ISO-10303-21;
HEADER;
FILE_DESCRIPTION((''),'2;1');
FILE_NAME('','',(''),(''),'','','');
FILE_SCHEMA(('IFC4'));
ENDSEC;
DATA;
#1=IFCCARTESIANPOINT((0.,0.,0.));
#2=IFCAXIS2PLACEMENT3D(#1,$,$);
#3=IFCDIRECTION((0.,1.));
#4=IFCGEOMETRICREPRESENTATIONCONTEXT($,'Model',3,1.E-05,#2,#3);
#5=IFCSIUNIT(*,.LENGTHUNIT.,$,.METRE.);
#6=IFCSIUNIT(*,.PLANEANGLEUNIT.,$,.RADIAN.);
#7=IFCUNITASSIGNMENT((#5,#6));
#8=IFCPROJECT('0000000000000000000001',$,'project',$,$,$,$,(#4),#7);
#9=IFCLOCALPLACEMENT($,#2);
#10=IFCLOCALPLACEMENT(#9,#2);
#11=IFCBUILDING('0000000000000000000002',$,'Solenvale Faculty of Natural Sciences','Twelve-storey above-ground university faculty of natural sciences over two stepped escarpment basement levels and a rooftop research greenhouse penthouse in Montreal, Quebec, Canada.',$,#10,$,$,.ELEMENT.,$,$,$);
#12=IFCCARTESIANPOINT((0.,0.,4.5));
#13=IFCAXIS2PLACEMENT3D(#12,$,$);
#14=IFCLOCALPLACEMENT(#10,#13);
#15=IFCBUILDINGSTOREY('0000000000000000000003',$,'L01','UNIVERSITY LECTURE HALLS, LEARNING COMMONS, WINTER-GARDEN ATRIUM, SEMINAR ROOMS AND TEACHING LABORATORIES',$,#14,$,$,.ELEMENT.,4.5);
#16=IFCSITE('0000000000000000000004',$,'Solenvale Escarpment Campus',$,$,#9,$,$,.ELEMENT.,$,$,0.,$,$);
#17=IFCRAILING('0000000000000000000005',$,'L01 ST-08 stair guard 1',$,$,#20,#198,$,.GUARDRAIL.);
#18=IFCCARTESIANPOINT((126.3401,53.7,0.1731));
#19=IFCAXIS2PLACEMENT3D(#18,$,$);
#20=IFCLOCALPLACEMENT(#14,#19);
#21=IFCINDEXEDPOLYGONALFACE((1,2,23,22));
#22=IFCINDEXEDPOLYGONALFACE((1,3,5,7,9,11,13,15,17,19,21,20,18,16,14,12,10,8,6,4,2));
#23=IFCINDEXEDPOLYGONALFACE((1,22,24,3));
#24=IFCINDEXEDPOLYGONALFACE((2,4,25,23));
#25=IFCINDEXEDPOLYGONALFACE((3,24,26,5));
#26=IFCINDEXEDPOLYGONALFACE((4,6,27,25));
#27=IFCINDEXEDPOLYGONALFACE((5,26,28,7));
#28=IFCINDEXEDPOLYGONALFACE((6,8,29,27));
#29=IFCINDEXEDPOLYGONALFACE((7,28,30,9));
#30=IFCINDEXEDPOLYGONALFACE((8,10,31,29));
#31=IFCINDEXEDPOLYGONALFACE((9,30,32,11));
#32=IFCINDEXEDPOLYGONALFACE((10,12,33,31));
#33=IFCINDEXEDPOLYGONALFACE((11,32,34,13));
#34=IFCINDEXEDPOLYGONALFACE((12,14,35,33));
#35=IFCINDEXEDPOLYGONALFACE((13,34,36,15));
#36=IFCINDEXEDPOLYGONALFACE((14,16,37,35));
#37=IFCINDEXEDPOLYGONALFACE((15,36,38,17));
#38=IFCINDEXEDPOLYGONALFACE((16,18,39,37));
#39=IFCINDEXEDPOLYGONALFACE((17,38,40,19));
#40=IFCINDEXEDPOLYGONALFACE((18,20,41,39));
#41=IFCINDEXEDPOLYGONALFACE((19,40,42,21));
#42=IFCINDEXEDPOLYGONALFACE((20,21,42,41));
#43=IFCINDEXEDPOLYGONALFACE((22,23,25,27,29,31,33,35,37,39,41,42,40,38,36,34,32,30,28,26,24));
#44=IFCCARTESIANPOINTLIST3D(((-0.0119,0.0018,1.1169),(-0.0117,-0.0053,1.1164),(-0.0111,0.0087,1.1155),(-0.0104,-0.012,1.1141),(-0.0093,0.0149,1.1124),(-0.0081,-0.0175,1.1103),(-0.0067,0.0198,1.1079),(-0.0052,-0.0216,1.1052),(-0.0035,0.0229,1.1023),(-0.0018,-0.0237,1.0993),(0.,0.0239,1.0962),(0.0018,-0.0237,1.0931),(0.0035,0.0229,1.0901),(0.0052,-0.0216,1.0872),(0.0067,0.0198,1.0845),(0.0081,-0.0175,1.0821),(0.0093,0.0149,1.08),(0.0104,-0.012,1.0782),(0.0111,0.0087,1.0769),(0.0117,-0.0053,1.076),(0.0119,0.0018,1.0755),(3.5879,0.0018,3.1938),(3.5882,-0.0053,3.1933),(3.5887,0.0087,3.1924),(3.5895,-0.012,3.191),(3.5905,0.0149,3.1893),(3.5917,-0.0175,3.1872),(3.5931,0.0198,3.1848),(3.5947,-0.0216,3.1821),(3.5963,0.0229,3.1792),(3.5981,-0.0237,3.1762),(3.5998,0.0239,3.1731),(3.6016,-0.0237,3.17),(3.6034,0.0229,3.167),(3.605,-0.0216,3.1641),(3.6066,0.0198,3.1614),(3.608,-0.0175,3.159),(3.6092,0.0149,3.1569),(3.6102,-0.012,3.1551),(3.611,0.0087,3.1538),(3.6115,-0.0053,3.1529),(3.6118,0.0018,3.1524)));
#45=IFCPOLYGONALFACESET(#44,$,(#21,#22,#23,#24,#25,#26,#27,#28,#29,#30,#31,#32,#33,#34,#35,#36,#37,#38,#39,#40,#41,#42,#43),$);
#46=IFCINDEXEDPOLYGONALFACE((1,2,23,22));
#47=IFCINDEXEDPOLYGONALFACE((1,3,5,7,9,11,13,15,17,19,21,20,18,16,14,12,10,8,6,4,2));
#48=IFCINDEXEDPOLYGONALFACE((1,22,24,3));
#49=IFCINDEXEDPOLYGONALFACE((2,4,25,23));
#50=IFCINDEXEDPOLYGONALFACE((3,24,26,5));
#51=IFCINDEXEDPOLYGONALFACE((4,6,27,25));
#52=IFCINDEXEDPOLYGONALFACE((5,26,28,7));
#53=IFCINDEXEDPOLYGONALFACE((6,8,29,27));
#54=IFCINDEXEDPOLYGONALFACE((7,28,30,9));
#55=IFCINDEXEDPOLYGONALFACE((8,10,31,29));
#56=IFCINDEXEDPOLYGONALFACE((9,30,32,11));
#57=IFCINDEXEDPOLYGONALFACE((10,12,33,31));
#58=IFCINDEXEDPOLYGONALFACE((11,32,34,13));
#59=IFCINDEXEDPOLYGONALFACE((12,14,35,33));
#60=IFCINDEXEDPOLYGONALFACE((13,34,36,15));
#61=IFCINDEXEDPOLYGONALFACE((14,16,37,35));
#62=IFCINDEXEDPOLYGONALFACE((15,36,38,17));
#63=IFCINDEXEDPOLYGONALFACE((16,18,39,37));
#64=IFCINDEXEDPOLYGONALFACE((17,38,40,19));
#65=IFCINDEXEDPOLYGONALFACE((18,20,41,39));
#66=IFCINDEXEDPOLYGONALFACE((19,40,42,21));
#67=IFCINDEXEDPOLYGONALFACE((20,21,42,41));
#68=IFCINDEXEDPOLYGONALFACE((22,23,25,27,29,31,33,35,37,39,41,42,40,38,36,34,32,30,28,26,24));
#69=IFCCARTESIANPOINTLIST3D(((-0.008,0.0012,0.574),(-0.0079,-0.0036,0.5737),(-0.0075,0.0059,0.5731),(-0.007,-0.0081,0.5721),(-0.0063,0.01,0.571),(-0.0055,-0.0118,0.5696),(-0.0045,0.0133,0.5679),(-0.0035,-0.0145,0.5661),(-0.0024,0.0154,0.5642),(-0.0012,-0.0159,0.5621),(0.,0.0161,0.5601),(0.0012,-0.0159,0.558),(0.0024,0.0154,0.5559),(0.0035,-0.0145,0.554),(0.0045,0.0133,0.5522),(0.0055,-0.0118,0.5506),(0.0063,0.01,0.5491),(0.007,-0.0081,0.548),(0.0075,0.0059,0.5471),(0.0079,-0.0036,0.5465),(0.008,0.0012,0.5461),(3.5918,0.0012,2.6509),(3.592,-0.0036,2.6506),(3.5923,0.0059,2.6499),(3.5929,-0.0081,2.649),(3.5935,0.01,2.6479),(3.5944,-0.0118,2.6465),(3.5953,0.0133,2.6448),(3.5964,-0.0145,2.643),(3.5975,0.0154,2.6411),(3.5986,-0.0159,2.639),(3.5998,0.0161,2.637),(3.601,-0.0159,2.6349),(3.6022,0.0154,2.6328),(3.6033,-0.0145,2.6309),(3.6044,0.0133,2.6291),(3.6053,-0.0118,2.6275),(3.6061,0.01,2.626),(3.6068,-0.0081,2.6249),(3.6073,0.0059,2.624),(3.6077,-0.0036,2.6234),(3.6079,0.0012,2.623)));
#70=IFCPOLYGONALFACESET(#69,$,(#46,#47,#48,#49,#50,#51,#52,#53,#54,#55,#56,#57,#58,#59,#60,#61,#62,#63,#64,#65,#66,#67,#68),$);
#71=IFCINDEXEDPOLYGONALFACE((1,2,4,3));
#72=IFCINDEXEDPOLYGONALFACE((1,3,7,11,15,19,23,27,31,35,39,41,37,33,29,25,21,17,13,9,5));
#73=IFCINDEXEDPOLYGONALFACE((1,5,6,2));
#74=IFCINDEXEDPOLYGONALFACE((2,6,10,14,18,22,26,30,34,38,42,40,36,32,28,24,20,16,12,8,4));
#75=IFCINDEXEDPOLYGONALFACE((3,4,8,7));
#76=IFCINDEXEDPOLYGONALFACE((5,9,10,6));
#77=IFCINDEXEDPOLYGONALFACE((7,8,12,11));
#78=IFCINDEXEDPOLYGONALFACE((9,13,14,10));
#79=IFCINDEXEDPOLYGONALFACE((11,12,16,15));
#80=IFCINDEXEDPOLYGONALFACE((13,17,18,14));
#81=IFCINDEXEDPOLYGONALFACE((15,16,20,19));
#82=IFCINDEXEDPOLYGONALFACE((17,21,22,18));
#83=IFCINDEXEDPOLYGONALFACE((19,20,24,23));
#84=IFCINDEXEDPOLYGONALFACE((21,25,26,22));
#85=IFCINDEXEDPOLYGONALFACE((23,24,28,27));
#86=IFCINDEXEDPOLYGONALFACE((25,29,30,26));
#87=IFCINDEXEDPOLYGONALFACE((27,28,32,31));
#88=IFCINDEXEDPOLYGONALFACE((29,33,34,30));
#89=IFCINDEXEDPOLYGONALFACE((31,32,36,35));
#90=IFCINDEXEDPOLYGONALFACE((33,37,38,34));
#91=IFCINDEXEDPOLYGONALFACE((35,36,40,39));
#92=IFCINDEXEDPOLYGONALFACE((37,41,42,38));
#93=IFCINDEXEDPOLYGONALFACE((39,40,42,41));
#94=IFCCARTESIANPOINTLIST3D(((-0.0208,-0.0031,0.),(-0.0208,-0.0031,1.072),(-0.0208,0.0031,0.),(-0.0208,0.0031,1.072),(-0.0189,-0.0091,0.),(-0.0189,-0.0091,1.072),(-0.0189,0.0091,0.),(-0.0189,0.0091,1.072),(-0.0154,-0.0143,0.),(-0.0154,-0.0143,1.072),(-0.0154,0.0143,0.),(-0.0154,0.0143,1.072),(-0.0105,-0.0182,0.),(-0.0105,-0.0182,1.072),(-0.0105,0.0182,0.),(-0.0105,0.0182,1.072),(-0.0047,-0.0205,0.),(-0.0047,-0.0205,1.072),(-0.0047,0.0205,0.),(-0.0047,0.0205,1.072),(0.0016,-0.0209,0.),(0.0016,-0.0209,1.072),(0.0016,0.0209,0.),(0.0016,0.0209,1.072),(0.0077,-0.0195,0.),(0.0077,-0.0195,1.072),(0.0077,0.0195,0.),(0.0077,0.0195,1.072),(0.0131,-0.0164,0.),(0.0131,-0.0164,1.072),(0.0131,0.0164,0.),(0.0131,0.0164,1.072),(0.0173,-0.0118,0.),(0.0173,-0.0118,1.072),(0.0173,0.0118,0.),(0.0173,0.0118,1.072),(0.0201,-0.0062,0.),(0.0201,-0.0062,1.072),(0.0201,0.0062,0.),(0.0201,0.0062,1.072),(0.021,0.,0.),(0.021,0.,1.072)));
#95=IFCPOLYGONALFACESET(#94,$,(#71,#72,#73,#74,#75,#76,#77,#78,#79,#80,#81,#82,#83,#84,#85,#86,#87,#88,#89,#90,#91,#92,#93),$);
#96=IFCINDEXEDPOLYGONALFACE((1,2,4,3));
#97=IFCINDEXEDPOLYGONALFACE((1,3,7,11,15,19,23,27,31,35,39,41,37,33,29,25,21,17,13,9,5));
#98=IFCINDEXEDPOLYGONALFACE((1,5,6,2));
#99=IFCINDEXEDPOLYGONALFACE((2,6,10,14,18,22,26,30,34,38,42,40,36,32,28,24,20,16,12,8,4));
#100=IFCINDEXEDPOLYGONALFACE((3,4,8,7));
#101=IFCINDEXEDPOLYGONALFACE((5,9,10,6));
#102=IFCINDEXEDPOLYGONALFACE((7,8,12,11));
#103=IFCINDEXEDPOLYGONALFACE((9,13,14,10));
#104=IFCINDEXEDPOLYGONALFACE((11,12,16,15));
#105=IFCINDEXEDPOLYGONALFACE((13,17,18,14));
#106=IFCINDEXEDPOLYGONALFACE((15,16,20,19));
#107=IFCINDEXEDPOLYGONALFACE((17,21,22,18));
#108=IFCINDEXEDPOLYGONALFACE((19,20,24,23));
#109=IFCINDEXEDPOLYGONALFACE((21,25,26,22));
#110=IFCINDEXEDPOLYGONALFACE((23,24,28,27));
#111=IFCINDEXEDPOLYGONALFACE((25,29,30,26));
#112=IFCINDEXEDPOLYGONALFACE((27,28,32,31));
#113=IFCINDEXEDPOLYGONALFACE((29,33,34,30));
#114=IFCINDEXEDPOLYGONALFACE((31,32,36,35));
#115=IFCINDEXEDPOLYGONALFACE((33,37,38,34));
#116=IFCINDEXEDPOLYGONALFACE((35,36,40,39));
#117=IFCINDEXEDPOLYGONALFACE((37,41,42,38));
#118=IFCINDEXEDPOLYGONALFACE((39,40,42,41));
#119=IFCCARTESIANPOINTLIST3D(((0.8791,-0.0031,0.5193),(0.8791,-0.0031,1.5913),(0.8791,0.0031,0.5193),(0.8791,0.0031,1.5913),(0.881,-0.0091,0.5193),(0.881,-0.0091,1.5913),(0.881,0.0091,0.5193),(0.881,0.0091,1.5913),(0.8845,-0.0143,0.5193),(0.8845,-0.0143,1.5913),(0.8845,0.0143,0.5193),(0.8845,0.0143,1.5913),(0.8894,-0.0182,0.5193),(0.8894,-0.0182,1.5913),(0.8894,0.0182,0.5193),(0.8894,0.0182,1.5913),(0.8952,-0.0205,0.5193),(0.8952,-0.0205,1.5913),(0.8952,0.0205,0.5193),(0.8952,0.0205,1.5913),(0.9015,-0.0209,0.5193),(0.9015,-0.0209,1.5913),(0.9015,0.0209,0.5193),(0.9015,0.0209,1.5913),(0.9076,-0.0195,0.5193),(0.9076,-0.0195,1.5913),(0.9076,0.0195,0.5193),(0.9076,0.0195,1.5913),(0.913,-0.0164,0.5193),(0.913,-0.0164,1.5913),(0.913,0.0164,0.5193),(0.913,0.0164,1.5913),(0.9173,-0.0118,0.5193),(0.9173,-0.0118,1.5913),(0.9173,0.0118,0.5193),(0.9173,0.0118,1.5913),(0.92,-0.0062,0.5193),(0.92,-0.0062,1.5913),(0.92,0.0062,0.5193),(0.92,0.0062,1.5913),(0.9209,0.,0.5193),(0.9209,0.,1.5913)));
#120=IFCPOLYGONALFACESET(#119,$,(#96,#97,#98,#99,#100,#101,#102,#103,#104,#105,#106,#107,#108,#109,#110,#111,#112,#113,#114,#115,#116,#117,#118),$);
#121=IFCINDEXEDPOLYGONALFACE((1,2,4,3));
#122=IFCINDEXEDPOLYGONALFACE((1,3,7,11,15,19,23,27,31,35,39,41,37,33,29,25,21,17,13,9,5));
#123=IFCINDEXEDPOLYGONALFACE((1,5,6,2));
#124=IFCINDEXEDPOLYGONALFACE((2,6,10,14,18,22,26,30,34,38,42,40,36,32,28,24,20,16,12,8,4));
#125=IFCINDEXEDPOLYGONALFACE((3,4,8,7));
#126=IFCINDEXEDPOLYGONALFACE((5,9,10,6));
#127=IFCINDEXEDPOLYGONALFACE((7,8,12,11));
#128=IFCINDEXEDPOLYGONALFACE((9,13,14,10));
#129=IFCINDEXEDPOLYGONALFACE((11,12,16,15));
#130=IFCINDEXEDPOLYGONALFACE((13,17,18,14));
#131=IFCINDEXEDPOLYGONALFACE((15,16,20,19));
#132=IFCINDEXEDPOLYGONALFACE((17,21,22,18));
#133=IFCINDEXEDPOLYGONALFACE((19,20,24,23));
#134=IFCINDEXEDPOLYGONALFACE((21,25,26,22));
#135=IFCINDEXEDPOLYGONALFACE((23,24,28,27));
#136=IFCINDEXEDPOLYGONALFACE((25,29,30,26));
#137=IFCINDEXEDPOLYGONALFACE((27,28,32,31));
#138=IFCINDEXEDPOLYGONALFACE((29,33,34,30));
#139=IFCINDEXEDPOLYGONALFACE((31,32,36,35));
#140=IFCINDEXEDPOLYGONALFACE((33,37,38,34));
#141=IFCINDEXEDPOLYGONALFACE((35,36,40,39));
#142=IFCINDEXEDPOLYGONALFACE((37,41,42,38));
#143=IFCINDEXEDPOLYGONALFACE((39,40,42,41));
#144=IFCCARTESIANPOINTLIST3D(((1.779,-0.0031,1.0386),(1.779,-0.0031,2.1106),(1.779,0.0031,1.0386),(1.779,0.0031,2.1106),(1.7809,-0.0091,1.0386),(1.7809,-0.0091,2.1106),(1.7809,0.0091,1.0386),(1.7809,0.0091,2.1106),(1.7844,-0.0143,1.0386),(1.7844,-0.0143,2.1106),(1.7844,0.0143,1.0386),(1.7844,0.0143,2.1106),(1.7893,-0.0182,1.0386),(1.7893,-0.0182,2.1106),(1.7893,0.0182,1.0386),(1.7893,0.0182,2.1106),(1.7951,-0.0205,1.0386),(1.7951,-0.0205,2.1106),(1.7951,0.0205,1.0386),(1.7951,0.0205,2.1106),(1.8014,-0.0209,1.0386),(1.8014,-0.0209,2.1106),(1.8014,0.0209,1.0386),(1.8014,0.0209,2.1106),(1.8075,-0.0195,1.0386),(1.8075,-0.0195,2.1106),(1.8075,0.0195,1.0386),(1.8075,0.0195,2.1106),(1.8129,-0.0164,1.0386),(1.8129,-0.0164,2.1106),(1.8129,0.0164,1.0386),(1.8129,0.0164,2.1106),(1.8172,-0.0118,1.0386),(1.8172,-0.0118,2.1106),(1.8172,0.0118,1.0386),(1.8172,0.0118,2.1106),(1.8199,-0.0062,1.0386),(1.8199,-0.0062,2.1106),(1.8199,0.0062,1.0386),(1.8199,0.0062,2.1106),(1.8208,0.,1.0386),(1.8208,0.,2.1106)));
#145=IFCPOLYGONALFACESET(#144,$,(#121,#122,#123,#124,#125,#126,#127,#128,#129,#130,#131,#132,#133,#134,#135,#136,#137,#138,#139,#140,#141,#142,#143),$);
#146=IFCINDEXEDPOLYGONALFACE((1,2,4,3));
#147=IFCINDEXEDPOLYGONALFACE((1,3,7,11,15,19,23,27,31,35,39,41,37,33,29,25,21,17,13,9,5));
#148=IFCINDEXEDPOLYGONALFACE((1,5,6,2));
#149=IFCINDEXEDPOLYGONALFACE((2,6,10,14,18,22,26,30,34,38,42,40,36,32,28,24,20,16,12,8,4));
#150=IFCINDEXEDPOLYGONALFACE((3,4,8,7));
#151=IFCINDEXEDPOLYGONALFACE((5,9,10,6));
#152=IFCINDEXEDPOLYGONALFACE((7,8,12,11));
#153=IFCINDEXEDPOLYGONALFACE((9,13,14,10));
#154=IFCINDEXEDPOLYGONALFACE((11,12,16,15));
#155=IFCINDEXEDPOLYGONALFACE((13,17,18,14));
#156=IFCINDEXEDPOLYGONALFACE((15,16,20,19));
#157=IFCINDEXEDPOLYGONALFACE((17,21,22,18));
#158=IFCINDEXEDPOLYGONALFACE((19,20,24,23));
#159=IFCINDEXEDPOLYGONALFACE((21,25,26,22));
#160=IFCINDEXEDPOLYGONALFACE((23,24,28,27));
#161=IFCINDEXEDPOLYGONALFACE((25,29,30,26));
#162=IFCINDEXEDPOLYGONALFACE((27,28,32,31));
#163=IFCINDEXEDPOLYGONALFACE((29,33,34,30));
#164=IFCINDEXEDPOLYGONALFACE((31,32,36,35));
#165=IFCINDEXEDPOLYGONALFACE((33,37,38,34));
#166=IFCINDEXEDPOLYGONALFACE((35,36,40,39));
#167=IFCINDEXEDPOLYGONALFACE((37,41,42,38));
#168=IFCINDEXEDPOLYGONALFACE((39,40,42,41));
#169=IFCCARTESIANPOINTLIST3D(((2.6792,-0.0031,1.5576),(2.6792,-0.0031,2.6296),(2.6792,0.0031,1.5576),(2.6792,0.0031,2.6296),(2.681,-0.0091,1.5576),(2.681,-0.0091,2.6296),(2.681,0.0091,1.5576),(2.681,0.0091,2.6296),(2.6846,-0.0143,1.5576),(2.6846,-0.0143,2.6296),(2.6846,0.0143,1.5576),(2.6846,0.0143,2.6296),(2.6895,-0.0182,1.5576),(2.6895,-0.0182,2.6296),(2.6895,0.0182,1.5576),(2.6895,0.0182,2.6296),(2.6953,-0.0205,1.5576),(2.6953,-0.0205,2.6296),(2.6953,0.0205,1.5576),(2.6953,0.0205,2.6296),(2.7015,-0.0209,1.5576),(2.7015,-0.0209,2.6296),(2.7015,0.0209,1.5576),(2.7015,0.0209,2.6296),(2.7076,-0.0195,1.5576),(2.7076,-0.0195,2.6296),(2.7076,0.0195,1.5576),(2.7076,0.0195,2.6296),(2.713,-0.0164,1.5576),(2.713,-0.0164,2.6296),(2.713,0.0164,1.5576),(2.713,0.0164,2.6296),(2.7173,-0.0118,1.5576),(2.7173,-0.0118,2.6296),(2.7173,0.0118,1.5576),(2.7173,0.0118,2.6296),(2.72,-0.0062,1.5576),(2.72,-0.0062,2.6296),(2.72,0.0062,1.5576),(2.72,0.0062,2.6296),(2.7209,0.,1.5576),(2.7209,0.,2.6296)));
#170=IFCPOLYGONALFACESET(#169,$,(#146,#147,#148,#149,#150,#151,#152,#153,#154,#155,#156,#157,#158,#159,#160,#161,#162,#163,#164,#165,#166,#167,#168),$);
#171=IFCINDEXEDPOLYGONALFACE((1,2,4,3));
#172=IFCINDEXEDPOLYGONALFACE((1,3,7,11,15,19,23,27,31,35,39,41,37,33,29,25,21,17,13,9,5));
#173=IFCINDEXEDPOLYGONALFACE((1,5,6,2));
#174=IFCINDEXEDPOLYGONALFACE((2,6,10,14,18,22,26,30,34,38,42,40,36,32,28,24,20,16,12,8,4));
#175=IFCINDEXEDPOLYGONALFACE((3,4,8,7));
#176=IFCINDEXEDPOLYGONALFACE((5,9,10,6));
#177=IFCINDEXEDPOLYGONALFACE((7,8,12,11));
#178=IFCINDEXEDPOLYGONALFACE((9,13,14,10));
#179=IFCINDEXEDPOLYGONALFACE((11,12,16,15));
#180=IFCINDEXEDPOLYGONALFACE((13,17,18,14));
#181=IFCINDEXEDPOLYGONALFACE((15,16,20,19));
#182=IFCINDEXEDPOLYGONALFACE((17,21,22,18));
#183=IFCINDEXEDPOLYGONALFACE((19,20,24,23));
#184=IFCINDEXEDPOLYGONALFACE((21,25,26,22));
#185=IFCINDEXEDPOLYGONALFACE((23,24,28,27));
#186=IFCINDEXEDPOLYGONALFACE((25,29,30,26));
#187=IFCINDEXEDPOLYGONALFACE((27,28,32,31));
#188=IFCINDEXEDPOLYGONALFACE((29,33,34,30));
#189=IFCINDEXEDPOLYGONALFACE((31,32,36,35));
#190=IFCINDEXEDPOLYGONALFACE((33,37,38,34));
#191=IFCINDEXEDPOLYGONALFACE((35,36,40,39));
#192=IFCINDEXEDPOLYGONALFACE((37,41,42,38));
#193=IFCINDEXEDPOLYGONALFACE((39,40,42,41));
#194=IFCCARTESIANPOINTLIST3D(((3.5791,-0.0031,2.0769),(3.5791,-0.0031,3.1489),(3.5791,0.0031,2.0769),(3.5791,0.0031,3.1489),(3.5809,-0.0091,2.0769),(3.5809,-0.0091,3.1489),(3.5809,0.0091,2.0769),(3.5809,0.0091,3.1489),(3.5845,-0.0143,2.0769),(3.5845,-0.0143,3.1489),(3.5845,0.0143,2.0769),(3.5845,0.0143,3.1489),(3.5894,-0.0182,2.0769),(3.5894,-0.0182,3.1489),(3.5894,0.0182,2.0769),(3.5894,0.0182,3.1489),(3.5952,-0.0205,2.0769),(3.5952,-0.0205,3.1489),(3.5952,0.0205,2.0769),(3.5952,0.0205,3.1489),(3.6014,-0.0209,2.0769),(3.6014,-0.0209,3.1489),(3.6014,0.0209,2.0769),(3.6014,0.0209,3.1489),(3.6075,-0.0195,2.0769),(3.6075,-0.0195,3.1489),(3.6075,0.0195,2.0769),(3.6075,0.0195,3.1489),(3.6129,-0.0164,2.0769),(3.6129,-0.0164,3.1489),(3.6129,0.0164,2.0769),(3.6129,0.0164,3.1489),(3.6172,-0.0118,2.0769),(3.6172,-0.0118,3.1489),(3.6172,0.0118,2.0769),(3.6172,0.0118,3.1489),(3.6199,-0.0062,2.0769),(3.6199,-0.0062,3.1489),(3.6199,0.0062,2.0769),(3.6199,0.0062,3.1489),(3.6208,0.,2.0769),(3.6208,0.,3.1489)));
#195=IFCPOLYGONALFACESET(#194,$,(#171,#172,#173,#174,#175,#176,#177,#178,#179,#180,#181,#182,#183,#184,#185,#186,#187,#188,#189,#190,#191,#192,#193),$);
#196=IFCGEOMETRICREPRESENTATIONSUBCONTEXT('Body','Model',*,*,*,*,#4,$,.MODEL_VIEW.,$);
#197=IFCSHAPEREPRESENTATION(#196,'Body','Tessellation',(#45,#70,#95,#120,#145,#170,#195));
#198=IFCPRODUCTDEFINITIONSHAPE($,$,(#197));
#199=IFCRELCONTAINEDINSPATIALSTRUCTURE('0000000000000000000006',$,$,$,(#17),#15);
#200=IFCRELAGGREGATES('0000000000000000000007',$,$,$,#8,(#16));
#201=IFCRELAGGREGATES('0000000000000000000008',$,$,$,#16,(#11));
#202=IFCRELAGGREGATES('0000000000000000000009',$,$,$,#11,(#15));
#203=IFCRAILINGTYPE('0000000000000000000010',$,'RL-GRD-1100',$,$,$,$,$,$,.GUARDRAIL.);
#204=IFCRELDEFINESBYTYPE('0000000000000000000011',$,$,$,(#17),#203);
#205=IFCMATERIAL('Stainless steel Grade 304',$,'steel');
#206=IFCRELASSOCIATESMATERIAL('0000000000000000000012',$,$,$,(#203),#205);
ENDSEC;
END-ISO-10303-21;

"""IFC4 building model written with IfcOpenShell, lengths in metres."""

from ifc_helpers import new_model, si_unit, direction, frame, origin, origin_2d, place, context, subcontext, project, spatial, circle, extrude, material, type_object, element, save


model = new_model("IFC4")

# Units and contexts
model_context = context("Model", 3, precision=1e-05, world=origin(), true_north=direction((0.0, 1.0)))
body_context = subcontext(model_context, "Body", "Model", "MODEL_VIEW")
ifc_project = project(units=[si_unit("LENGTHUNIT", "METRE"), si_unit("PLANEANGLEUNIT", "RADIAN")], contexts=[model_context])

# Site, building, storey
site_placement = place(None, origin())
site = spatial("IfcSite", under=ifc_project, at=site_placement, Name="Solenvale Escarpment Campus", CompositionType="ELEMENT", RefElevation=0.0)
building_placement = place(site_placement, origin())
building = spatial("IfcBuilding", under=site, at=building_placement, Name="Solenvale Faculty of Natural Sciences", Description="Twelve-storey above-ground university faculty of natural sciences over two stepped escarpment basement levels and a rooftop research greenhouse penthouse in Montreal, Quebec, Canada.", CompositionType="ELEMENT")
storey_placement = place(building_placement, frame((0.0, 0.0, 4.5)))
storey = spatial("IfcBuildingStorey", under=building, at=storey_placement, Name="L01", Description="UNIVERSITY LECTURE HALLS, LEARNING COMMONS, WINTER-GARDEN ATRIUM, SEMINAR ROOMS AND TEACHING LABORATORIES", CompositionType="ELEMENT", Elevation=4.5)

# Railing
ifc_material_1 = material(Name="Stainless steel Grade 304", Category="steel")
railing_type_1 = type_object("IfcRailingType", Name="RL-GRD-1100", PredefinedType="GUARDRAIL", material=ifc_material_1)
railing_1_placement = place(storey_placement, frame((126.3401, 53.7, 0.1731)))
element("IfcRailing", 1, at=railing_1_placement, inside=storey, type_object=railing_type_1, Name="L01 ST-08 stair guard 1", PredefinedType="GUARDRAIL", context=body_context, shape_type="SweptSolid", body=[
    extrude(circle(Radius=0.0239, at=origin_2d()), frame((0.0, 0.0, 1.0962), z_axis=(0.866179, 0.0, 0.499734), x_axis=(0.0, 1.0, 0.0)), (0.0, 0.0, 1.0), 4.156),
    extrude(circle(Radius=0.0161, at=origin_2d()), frame((0.0, 0.0, 0.5601), z_axis=(0.866179, 0.0, 0.499734), x_axis=(0.0, 1.0, 0.0)), (0.0, 0.0, 1.0), 4.156),
    extrude(circle(Radius=0.021, at=origin_2d()), origin(), (0.0, 0.0, 1.0), 1.072),
    extrude(circle(Radius=0.021, at=origin_2d()), frame((0.8999, 0.0, 0.5193)), (0.0, 0.0, 1.0), 1.072),
    extrude(circle(Radius=0.021, at=origin_2d()), frame((1.7998, 0.0, 1.0386)), (0.0, 0.0, 1.0), 1.072),
    extrude(circle(Radius=0.021, at=origin_2d()), frame((2.7, 0.0, 1.5576)), (0.0, 0.0, 1.0), 1.072),
    extrude(circle(Radius=0.021, at=origin_2d()), frame((3.5999, 0.0, 2.0769)), (0.0, 0.0, 1.0), 1.072),
])

save(model, "model.ifc")
